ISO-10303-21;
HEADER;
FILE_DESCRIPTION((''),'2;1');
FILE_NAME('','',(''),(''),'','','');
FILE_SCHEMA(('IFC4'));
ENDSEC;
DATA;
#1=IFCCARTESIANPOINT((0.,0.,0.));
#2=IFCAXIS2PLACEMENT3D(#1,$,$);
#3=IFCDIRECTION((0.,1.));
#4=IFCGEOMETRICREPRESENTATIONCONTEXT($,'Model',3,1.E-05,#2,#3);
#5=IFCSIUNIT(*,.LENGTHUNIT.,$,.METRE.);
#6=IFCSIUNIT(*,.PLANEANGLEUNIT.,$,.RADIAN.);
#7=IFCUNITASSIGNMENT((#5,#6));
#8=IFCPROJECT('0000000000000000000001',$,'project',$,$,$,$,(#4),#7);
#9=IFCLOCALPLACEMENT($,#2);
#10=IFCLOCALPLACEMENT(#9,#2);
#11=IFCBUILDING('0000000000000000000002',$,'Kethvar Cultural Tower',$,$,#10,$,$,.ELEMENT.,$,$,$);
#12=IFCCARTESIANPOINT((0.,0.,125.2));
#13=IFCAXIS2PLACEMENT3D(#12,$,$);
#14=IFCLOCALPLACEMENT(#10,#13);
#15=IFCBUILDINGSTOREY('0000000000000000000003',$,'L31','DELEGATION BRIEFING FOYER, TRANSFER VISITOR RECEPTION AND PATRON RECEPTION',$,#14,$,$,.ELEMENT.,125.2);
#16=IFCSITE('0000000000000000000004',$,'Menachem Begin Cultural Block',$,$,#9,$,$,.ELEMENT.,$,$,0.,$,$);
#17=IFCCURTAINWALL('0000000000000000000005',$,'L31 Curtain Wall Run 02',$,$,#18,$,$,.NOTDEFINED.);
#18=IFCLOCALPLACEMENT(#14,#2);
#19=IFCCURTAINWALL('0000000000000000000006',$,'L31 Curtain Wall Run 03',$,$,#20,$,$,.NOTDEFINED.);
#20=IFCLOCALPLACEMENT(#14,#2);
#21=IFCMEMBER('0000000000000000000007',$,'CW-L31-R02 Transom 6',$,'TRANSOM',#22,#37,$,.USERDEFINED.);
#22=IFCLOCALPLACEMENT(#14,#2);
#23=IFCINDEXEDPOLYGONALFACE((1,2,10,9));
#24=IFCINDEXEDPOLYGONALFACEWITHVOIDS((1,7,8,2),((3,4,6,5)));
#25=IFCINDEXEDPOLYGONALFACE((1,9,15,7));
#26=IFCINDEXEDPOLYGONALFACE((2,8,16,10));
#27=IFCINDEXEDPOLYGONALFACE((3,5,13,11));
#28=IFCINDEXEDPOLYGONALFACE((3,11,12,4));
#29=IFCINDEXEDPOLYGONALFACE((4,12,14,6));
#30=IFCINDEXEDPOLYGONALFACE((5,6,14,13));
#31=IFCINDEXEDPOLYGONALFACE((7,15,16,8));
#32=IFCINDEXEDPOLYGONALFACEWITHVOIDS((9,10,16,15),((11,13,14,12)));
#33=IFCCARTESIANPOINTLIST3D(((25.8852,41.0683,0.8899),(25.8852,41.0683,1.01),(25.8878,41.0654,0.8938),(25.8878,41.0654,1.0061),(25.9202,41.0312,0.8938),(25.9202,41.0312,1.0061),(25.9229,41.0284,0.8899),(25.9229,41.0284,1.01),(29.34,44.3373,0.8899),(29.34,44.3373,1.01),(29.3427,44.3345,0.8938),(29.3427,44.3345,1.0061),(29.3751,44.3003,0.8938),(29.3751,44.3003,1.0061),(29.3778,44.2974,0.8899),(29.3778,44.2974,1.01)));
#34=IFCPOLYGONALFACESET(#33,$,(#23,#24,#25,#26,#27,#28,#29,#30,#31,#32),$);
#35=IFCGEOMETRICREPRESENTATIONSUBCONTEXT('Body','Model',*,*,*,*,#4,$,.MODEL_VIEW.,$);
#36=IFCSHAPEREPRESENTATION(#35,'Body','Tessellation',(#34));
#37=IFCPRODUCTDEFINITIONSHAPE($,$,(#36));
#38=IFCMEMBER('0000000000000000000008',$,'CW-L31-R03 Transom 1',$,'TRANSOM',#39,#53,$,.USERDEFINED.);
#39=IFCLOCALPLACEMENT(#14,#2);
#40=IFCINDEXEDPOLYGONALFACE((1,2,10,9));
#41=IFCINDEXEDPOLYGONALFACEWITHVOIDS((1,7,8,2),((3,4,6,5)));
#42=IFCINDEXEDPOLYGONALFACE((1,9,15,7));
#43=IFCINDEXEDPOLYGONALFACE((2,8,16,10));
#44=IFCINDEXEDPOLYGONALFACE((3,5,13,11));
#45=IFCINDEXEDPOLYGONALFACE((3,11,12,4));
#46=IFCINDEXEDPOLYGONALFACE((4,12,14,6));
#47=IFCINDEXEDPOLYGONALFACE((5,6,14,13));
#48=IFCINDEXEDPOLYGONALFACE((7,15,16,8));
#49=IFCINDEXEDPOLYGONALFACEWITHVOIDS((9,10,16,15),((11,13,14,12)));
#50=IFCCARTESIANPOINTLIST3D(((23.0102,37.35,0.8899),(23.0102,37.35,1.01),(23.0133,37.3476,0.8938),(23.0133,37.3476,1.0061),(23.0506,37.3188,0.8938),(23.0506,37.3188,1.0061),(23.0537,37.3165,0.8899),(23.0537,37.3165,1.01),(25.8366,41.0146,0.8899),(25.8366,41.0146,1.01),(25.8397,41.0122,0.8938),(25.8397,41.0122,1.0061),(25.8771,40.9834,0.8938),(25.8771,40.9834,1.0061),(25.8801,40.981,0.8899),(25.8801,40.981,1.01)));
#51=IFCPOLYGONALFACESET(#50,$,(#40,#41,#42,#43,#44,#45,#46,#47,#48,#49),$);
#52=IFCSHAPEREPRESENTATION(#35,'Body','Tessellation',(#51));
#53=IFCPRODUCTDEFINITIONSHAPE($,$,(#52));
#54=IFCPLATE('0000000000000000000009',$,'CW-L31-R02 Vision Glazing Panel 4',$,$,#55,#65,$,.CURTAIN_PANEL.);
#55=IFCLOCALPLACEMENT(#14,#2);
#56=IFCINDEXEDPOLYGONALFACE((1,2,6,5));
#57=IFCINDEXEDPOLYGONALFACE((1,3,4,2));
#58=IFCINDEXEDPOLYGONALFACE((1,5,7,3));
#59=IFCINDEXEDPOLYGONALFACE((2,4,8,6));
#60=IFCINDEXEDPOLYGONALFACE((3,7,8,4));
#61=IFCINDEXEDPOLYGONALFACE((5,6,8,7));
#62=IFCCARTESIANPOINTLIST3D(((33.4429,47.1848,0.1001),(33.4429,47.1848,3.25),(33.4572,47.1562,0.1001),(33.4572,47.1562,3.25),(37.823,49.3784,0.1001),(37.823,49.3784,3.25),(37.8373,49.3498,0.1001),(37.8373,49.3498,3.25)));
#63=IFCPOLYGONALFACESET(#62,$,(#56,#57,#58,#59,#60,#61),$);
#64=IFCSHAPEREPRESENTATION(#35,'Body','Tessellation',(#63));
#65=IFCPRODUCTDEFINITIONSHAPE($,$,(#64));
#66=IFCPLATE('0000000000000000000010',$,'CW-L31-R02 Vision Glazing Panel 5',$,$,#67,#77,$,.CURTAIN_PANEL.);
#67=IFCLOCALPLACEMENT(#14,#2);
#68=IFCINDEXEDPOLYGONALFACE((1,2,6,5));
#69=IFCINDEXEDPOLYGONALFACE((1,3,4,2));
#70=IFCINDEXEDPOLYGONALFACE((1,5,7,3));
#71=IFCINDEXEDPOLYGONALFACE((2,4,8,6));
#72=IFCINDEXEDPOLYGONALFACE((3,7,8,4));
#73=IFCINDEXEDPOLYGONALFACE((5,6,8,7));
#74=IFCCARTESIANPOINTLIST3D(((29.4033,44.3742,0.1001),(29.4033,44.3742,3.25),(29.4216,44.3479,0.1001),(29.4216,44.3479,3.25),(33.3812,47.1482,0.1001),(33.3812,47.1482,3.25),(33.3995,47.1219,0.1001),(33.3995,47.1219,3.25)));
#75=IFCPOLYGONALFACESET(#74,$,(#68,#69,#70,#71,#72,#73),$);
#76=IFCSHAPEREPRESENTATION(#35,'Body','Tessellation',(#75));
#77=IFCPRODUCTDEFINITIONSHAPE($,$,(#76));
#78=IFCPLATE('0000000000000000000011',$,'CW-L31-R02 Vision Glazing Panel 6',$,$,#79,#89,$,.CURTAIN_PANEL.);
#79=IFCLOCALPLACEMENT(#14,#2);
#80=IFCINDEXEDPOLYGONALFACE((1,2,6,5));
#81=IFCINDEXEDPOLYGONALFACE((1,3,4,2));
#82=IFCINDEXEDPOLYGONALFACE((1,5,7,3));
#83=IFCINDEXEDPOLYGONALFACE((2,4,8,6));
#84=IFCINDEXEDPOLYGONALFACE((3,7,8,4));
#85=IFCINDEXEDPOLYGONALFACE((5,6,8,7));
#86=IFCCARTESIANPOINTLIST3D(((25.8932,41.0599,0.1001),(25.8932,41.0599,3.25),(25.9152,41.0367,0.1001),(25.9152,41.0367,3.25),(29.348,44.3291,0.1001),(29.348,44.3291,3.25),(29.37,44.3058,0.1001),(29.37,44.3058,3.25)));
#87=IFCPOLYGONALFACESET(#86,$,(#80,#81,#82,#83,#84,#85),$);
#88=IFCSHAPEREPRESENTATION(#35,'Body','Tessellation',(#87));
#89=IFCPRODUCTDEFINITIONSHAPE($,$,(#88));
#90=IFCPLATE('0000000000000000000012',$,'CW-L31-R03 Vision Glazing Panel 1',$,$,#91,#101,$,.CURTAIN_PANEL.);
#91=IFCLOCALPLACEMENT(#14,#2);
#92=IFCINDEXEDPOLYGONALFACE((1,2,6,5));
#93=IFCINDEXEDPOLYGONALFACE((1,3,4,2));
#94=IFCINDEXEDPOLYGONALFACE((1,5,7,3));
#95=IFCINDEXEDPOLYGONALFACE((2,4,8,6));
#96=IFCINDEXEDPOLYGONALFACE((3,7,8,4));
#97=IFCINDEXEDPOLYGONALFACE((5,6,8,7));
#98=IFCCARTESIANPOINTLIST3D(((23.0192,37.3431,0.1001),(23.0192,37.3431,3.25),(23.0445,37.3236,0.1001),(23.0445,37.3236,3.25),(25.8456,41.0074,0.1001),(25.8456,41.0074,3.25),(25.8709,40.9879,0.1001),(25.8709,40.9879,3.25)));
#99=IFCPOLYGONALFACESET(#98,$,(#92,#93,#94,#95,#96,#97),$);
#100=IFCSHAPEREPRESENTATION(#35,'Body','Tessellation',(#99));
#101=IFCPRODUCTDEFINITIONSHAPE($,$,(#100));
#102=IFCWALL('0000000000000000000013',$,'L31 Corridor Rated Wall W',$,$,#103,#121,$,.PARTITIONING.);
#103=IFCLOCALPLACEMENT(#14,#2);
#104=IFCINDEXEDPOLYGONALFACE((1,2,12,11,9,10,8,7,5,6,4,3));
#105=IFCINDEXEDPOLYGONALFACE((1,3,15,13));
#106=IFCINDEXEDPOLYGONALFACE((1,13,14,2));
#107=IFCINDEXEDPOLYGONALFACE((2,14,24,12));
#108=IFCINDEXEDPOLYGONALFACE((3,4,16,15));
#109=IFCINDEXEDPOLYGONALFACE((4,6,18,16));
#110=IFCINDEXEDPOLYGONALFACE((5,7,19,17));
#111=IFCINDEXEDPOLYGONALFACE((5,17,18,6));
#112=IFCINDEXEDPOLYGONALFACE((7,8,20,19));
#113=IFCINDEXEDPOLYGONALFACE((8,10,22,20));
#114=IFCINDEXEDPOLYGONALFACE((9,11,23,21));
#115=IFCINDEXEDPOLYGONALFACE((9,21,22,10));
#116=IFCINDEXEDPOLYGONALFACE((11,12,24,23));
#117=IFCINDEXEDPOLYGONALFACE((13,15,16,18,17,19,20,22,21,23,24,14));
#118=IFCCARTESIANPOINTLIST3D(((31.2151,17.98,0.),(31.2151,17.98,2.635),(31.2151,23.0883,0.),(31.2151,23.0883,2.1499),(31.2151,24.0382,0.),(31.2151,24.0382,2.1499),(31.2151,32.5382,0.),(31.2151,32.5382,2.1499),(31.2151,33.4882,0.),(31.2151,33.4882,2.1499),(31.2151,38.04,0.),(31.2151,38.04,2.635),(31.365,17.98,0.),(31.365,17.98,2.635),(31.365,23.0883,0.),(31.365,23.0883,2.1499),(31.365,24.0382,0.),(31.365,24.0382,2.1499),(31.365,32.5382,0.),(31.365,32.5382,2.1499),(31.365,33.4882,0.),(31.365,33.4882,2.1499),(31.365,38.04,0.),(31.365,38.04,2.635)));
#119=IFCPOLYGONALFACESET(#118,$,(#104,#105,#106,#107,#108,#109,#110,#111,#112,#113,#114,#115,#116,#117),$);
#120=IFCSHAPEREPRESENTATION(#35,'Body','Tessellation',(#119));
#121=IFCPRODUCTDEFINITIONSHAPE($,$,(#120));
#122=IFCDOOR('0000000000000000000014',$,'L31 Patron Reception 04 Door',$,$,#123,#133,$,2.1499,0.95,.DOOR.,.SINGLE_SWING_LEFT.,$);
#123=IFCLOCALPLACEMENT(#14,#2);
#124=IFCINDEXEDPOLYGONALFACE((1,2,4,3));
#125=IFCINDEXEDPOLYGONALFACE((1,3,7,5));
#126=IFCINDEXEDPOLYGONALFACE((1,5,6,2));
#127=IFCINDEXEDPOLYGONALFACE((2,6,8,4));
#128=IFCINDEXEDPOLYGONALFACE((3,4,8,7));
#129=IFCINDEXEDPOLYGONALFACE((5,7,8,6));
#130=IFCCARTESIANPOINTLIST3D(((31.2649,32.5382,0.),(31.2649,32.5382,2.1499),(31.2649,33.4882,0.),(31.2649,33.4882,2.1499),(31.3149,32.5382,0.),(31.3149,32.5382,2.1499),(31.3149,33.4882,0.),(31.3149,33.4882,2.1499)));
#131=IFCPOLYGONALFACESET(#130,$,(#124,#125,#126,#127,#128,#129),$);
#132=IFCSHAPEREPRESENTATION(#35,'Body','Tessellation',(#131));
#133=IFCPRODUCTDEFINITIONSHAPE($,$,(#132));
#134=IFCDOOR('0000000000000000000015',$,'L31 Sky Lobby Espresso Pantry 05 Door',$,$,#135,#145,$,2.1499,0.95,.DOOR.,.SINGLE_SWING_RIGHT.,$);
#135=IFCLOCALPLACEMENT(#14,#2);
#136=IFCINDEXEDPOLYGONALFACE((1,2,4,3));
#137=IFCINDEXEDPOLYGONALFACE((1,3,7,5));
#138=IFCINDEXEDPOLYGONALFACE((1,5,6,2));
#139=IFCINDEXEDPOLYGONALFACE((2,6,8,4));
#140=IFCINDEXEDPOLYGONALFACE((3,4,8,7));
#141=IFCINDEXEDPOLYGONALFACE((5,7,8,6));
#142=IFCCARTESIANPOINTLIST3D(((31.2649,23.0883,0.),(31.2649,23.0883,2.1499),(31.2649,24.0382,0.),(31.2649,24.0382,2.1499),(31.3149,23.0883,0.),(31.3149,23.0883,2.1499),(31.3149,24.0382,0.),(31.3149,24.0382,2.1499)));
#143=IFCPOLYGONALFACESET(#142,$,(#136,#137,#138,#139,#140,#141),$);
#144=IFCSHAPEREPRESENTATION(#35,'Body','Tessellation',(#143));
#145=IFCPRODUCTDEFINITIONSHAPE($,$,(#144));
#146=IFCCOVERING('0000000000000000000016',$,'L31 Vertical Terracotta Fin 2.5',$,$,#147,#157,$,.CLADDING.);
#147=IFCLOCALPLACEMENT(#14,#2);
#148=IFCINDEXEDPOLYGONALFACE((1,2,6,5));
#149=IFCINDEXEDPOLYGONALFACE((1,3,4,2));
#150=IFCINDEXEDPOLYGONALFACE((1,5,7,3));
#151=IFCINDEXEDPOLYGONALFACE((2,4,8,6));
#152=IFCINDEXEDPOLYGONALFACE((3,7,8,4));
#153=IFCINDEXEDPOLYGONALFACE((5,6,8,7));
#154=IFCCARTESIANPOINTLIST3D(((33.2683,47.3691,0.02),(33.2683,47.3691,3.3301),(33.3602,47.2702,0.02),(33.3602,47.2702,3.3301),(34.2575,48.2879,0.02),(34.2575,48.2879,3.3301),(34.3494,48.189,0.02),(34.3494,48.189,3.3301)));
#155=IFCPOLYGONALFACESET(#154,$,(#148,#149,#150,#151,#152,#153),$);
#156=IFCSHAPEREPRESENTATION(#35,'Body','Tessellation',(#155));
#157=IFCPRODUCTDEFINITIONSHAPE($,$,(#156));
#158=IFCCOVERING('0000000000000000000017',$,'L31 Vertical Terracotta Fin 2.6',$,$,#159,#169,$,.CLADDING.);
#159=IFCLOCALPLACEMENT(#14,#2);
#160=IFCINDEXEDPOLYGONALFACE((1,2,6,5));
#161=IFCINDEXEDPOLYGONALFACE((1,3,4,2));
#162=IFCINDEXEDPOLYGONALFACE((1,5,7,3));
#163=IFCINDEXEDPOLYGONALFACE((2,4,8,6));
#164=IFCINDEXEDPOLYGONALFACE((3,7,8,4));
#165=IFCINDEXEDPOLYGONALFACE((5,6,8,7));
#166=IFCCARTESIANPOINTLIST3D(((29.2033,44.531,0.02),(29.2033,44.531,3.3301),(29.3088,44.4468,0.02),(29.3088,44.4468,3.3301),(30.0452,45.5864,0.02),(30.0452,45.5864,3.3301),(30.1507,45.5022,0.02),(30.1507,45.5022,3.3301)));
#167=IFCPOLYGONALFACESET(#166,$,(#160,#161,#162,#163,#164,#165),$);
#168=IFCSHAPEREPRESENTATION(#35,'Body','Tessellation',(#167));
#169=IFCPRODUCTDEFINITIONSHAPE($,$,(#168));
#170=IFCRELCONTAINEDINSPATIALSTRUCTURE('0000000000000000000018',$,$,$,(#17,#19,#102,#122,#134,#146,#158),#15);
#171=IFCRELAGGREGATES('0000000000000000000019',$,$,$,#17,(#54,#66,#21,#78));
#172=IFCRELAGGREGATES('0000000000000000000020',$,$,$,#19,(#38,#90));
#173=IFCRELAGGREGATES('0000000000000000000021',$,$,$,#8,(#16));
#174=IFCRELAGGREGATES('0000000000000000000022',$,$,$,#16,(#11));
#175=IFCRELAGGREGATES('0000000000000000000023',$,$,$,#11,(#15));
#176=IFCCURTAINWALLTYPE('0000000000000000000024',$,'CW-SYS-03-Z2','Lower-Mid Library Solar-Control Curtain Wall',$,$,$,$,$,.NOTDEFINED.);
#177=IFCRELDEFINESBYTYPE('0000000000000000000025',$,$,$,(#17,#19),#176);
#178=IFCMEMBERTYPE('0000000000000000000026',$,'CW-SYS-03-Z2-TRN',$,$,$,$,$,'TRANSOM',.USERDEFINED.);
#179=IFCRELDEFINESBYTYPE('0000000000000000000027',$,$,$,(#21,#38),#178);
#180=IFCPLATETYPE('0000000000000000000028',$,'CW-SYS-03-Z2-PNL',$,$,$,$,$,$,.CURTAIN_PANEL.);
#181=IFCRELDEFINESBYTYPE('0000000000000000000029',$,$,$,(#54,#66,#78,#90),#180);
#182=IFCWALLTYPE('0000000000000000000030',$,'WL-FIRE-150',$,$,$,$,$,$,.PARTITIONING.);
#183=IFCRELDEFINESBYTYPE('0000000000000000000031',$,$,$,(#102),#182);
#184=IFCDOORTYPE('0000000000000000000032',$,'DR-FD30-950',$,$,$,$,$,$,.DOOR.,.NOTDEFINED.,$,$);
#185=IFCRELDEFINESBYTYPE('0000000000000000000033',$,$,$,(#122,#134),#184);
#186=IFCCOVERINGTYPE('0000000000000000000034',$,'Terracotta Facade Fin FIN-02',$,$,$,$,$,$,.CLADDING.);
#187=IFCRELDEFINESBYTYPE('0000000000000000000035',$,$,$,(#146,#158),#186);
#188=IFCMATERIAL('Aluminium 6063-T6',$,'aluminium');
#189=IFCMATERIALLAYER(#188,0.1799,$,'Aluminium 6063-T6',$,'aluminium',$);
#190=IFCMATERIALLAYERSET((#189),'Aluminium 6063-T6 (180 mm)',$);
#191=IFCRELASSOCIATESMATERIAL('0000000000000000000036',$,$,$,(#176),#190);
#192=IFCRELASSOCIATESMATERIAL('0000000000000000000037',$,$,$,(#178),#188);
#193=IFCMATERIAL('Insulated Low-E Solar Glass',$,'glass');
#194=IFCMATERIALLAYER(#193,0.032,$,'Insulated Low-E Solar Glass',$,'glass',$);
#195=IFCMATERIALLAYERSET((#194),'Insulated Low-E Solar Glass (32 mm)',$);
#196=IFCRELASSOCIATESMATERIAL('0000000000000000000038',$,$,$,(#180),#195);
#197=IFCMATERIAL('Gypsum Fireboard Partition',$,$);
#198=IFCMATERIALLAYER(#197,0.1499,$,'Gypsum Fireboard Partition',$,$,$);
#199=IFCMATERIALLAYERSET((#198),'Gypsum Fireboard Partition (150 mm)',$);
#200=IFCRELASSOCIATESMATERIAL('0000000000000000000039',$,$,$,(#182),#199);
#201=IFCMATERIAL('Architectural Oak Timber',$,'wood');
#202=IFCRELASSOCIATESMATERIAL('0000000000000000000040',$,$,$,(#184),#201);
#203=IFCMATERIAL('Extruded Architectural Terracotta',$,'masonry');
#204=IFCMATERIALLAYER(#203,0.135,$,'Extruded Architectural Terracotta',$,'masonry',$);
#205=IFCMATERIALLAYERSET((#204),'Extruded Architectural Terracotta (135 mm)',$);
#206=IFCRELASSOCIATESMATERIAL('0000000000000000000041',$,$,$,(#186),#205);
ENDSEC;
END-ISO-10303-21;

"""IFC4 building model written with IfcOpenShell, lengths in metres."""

from ifc_helpers import new_model, si_unit, direction, frame, frame_2d, origin, origin_2d, place, context, subcontext, project, spatial, rectangle, hollow_rectangle, extrude, source, transform, mapped, material, layer, layer_set, material_profile, profile_set, type_object, element, fill, aggregate, save


model = new_model("IFC4")

# Units and contexts
model_context = context("Model", 3, precision=1e-05, world=origin(), true_north=direction((0.0, 1.0)))
body_context = subcontext(model_context, "Body", "Model", "MODEL_VIEW")
ifc_project = project(units=[si_unit("LENGTHUNIT", "METRE"), si_unit("PLANEANGLEUNIT", "RADIAN")], contexts=[model_context])

# Site, building, storey
site_placement = place(None, origin())
site = spatial("IfcSite", under=ifc_project, at=site_placement, Name="Menachem Begin Cultural Block", CompositionType="ELEMENT", RefElevation=0.0)
building_placement = place(site_placement, origin())
building = spatial("IfcBuilding", under=site, at=building_placement, Name="Kethvar Cultural Tower", CompositionType="ELEMENT")
storey_placement = place(building_placement, frame((0.0, 0.0, 125.2)))
storey = spatial("IfcBuildingStorey", under=building, at=storey_placement, Name="L31", Description="DELEGATION BRIEFING FOYER, TRANSFER VISITOR RECEPTION AND PATRON RECEPTION", CompositionType="ELEMENT", Elevation=125.2)

# Curtain wall
ifc_material_1 = material(Name="Aluminium 6063-T6", Category="aluminium")
ifc_layer_1 = layer(ifc_material_1, 0.1799, Name="Aluminium 6063-T6", Category="aluminium")
ifc_layer_set_1 = layer_set([ifc_layer_1], Name="Aluminium 6063-T6 (180 mm)")
curtain_wall_type = type_object("IfcCurtainWallType", Name="CW-SYS-03-Z2", Description="Lower-Mid Library Solar-Control Curtain Wall", PredefinedType="NOTDEFINED", material=ifc_layer_set_1)
curtain_wall_1_placement = place(storey_placement, origin())
curtain_wall_1 = element("IfcCurtainWall", 1, at=curtain_wall_1_placement, inside=storey, type_object=curtain_wall_type, Name="L31 Curtain Wall Run 02", PredefinedType="NOTDEFINED")

# Curtain wall
curtain_wall_2_placement = place(storey_placement, origin())
curtain_wall_2 = element("IfcCurtainWall", 2, at=curtain_wall_2_placement, inside=storey, type_object=curtain_wall_type, Name="L31 Curtain Wall Run 03", PredefinedType="NOTDEFINED")

# Members
ifc_material_profile_1 = material_profile(ifc_material_1, hollow_rectangle(XDim=0.0549, YDim=0.1201, WallThickness=0.0039, at=origin_2d()), Name="Aluminium 6063-T6 — RHS120x55x4")
ifc_profile_set_1 = profile_set([ifc_material_profile_1], Name="Aluminium 6063-T6 — RHS120x55x4")
member_type_1 = type_object("IfcMemberType", Name="CW-SYS-03-Z2-TRN", ElementType="TRANSOM", PredefinedType="USERDEFINED", material=ifc_profile_set_1)
shared_shape_1 = source(origin(), body_context, "Body", "SweptSolid", [
    extrude(hollow_rectangle(XDim=0.0549, YDim=0.1201, WallThickness=0.0039, at=origin_2d()), origin(), (0.0, 0.0, 1.0), 4.7563),
])
member_1_placement = place(storey_placement, frame((29.3589, 44.3174, 0.95), z_axis=(-0.726368, -0.687306, 0.0), x_axis=(0.687306, -0.726368, 0.0)))
member_1 = element("IfcMember", 3, at=member_1_placement, type_object=member_type_1, Name="CW-L31-R02 Transom 6", ObjectType="TRANSOM", PredefinedType="USERDEFINED", context=body_context, shape_type="MappedRepresentation", body=[
    mapped(shared_shape_1, transform((0.0, 0.0, 0.0), scale=1.0)),
])
shared_shape_2 = source(origin(), body_context, "Body", "SweptSolid", [
    extrude(hollow_rectangle(XDim=0.0549, YDim=0.1201, WallThickness=0.0039, at=origin_2d()), origin(), (0.0, 0.0, 1.0), 4.6279),
])
member_2_placement = place(storey_placement, frame((25.8584, 40.9978, 0.95), z_axis=(-0.610733, -0.791837, 0.0), x_axis=(0.791837, -0.610733, 0.0)))
member_2 = element("IfcMember", 4, at=member_2_placement, type_object=member_type_1, Name="CW-L31-R03 Transom 1", ObjectType="TRANSOM", PredefinedType="USERDEFINED", context=body_context, shape_type="MappedRepresentation", body=[
    mapped(shared_shape_2, transform((0.0, 0.0, 0.0), scale=1.0)),
])

# Plates
ifc_material_2 = material(Name="Insulated Low-E Solar Glass", Category="glass")
ifc_layer_2 = layer(ifc_material_2, 0.032, Name="Insulated Low-E Solar Glass", Category="glass")
ifc_layer_set_2 = layer_set([ifc_layer_2], Name="Insulated Low-E Solar Glass (32 mm)")
plate_type = type_object("IfcPlateType", Name="CW-SYS-03-Z2-PNL", PredefinedType="CURTAIN_PANEL", material=ifc_layer_set_2)
shared_shape_3 = source(origin(), body_context, "Body", "SweptSolid", [
    extrude(rectangle(XDim=4.8987, YDim=0.032, at=origin_2d()), origin(), (0.0, 0.0, 1.0), 3.1499),
])
plate_1_placement = place(storey_placement, frame((35.6401, 48.2673, 0.1001), z_axis=(0.0, 0.0, 1.0), x_axis=(-0.894139, -0.44779, 0.0)))
plate_1 = element("IfcPlate", 5, at=plate_1_placement, type_object=plate_type, Name="CW-L31-R02 Vision Glazing Panel 4", PredefinedType="CURTAIN_PANEL", context=body_context, shape_type="MappedRepresentation", body=[
    mapped(shared_shape_3, transform((0.0, 0.0, 0.0), scale=1.0)),
])
shared_shape_4 = source(origin(), body_context, "Body", "SweptSolid", [
    extrude(rectangle(XDim=4.8496, YDim=0.032, at=origin_2d()), origin(), (0.0, 0.0, 1.0), 3.1499),
])
plate_2_placement = place(storey_placement, frame((31.4014, 45.748, 0.1001), z_axis=(0.0, 0.0, 1.0), x_axis=(-0.820252, -0.572003, 0.0)))
plate_2 = element("IfcPlate", 6, at=plate_2_placement, type_object=plate_type, Name="CW-L31-R02 Vision Glazing Panel 5", PredefinedType="CURTAIN_PANEL", context=body_context, shape_type="MappedRepresentation", body=[
    mapped(shared_shape_4, transform((0.0, 0.0, 0.0), scale=1.0)),
])
shared_shape_5 = source(origin(), body_context, "Body", "SweptSolid", [
    extrude(rectangle(XDim=4.7563, YDim=0.032, at=origin_2d()), origin(), (0.0, 0.0, 1.0), 3.1499),
])
plate_3_placement = place(storey_placement, frame((27.6316, 42.6829, 0.1001), z_axis=(0.0, 0.0, 1.0), x_axis=(-0.726347, -0.687328, 0.0)))
plate_3 = element("IfcPlate", 7, at=plate_3_placement, type_object=plate_type, Name="CW-L31-R02 Vision Glazing Panel 6", PredefinedType="CURTAIN_PANEL", context=body_context, shape_type="MappedRepresentation", body=[
    mapped(shared_shape_5, transform((0.0, 0.0, 0.0), scale=1.0)),
])
aggregate(curtain_wall_1, [plate_1, plate_2, member_1, plate_3])
shared_shape_6 = source(origin(), body_context, "Body", "SweptSolid", [
    extrude(rectangle(XDim=4.6277, YDim=0.032, at=origin_2d()), origin(), (0.0, 0.0, 1.0), 3.1499),
])
plate_4_placement = place(storey_placement, frame((24.4451, 39.1655, 0.1001), z_axis=(0.0, 0.0, 1.0), x_axis=(-0.610753, -0.791821, 0.0)))
plate_4 = element("IfcPlate", 8, at=plate_4_placement, type_object=plate_type, Name="CW-L31-R03 Vision Glazing Panel 1", PredefinedType="CURTAIN_PANEL", context=body_context, shape_type="MappedRepresentation", body=[
    mapped(shared_shape_6, transform((0.0, 0.0, 0.0), scale=1.0)),
])
aggregate(curtain_wall_2, [member_2, plate_4])

# Wall, openings, doors
ifc_material_3 = material(Name="Gypsum Fireboard Partition")
ifc_layer_3 = layer(ifc_material_3, 0.1499, Name="Gypsum Fireboard Partition")
ifc_layer_set_3 = layer_set([ifc_layer_3], Name="Gypsum Fireboard Partition (150 mm)")
wall_type = type_object("IfcWallType", Name="WL-FIRE-150", PredefinedType="PARTITIONING", material=ifc_layer_set_3)
wall_placement = place(storey_placement, frame((31.29, 38.04, 0.0), z_axis=(0.0, 0.0, 1.0), x_axis=(0.0, -1.0, 0.0)))
wall = element("IfcWall", 9, at=wall_placement, inside=storey, type_object=wall_type, Name="L31 Corridor Rated Wall W", PredefinedType="PARTITIONING", context=body_context, shape_type="SweptSolid", body=[
    extrude(rectangle(XDim=20.0601, YDim=0.1499, at=frame_2d((10.03, 0.0))), origin(), (0.0, 0.0, 1.0), 2.635),
])
opening_1_placement = place(wall_placement, frame((4.5518, 0.0, 0.0)))
opening_1 = element("IfcOpeningElement", 10, at=opening_1_placement, cuts=wall, PredefinedType="OPENING", context=body_context, shape_type="SweptSolid", body=[
    extrude(rectangle(XDim=0.95, YDim=2.1499, at=frame_2d((0.4751, 1.075))), frame((0.0, 0.085, 0.0), z_axis=(0.0, -1.0, 0.0), x_axis=(1.0, 0.0, 0.0)), (0.0, 0.0, 1.0), 0.1699),
])
opening_2_placement = place(wall_placement, frame((14.0017, 0.0, 0.0)))
opening_2 = element("IfcOpeningElement", 11, at=opening_2_placement, cuts=wall, PredefinedType="OPENING", context=body_context, shape_type="SweptSolid", body=[
    extrude(rectangle(XDim=0.95, YDim=2.1499, at=frame_2d((0.4751, 1.075))), frame((0.0, 0.085, 0.0), z_axis=(0.0, -1.0, 0.0), x_axis=(1.0, 0.0, 0.0)), (0.0, 0.0, 1.0), 0.1699),
])
ifc_material_4 = material(Name="Architectural Oak Timber", Category="wood")
door_type = type_object("IfcDoorType", Name="DR-FD30-950", OperationType="NOTDEFINED", PredefinedType="DOOR", material=ifc_material_4)
shared_shape_7 = source(origin(), body_context, "Body", "SweptSolid", [
    extrude(rectangle(XDim=0.95, YDim=2.1499, at=frame_2d((0.4751, 1.075))), frame((0.0, 0.0249, 0.0), z_axis=(0.0, -1.0, 0.0), x_axis=(1.0, 0.0, 0.0)), (0.0, 0.0, 1.0), 0.05),
])
door_1_placement = place(opening_1_placement, origin())
door_1 = element("IfcDoor", 12, at=door_1_placement, inside=storey, type_object=door_type, Name="L31 Patron Reception 04 Door", OperationType="SINGLE_SWING_LEFT", OverallHeight=2.1499, OverallWidth=0.95, PredefinedType="DOOR", context=body_context, shape_type="MappedRepresentation", body=[
    mapped(shared_shape_7, transform((0.0, 0.0, 0.0), scale=1.0)),
])
fill(opening_1, door_1)
door_2_placement = place(opening_2_placement, origin())
door_2 = element("IfcDoor", 13, at=door_2_placement, inside=storey, type_object=door_type, Name="L31 Sky Lobby Espresso Pantry 05 Door", OperationType="SINGLE_SWING_RIGHT", OverallHeight=2.1499, OverallWidth=0.95, PredefinedType="DOOR", context=body_context, shape_type="MappedRepresentation", body=[
    mapped(shared_shape_7, transform((0.0, 0.0, 0.0), scale=1.0)),
])
fill(opening_2, door_2)

# Coverings
ifc_material_5 = material(Name="Extruded Architectural Terracotta", Category="masonry")
ifc_layer_4 = layer(ifc_material_5, 0.135, Name="Extruded Architectural Terracotta", Category="masonry")
ifc_layer_set_4 = layer_set([ifc_layer_4], Name="Extruded Architectural Terracotta (135 mm)")
covering_type = type_object("IfcCoveringType", Name="Terracotta Facade Fin FIN-02", PredefinedType="CLADDING", material=ifc_layer_set_4)
shared_shape_8 = source(origin(), body_context, "Body", "SweptSolid", [
    extrude(rectangle(XDim=1.3501, YDim=0.135, at=origin_2d()), origin(), (0.0, 0.0, 1.0), 3.3101),
])
for number, where, z_axis, x_axis, name in (
    (14, (33.8088, 47.7791, 0.02), (0.0, 0.0, 1.0), (0.732662, 0.680593, 0.0), "L31 Vertical Terracotta Fin 2.5"),
    (15, (29.677, 45.0166, 0.02), (0.0, 0.0, 1.0), (0.623607, 0.781738, 0.0), "L31 Vertical Terracotta Fin 2.6"),
):
    element("IfcCovering", number, at=place(storey_placement, frame(where, z_axis=z_axis, x_axis=x_axis)), inside=storey, type_object=covering_type, Name=name, PredefinedType="CLADDING", context=body_context, shape_type="MappedRepresentation", body=[
        mapped(shared_shape_8, transform((0.0, 0.0, 0.0), scale=1.0)),
    ])

save(model, "model.ifc")
